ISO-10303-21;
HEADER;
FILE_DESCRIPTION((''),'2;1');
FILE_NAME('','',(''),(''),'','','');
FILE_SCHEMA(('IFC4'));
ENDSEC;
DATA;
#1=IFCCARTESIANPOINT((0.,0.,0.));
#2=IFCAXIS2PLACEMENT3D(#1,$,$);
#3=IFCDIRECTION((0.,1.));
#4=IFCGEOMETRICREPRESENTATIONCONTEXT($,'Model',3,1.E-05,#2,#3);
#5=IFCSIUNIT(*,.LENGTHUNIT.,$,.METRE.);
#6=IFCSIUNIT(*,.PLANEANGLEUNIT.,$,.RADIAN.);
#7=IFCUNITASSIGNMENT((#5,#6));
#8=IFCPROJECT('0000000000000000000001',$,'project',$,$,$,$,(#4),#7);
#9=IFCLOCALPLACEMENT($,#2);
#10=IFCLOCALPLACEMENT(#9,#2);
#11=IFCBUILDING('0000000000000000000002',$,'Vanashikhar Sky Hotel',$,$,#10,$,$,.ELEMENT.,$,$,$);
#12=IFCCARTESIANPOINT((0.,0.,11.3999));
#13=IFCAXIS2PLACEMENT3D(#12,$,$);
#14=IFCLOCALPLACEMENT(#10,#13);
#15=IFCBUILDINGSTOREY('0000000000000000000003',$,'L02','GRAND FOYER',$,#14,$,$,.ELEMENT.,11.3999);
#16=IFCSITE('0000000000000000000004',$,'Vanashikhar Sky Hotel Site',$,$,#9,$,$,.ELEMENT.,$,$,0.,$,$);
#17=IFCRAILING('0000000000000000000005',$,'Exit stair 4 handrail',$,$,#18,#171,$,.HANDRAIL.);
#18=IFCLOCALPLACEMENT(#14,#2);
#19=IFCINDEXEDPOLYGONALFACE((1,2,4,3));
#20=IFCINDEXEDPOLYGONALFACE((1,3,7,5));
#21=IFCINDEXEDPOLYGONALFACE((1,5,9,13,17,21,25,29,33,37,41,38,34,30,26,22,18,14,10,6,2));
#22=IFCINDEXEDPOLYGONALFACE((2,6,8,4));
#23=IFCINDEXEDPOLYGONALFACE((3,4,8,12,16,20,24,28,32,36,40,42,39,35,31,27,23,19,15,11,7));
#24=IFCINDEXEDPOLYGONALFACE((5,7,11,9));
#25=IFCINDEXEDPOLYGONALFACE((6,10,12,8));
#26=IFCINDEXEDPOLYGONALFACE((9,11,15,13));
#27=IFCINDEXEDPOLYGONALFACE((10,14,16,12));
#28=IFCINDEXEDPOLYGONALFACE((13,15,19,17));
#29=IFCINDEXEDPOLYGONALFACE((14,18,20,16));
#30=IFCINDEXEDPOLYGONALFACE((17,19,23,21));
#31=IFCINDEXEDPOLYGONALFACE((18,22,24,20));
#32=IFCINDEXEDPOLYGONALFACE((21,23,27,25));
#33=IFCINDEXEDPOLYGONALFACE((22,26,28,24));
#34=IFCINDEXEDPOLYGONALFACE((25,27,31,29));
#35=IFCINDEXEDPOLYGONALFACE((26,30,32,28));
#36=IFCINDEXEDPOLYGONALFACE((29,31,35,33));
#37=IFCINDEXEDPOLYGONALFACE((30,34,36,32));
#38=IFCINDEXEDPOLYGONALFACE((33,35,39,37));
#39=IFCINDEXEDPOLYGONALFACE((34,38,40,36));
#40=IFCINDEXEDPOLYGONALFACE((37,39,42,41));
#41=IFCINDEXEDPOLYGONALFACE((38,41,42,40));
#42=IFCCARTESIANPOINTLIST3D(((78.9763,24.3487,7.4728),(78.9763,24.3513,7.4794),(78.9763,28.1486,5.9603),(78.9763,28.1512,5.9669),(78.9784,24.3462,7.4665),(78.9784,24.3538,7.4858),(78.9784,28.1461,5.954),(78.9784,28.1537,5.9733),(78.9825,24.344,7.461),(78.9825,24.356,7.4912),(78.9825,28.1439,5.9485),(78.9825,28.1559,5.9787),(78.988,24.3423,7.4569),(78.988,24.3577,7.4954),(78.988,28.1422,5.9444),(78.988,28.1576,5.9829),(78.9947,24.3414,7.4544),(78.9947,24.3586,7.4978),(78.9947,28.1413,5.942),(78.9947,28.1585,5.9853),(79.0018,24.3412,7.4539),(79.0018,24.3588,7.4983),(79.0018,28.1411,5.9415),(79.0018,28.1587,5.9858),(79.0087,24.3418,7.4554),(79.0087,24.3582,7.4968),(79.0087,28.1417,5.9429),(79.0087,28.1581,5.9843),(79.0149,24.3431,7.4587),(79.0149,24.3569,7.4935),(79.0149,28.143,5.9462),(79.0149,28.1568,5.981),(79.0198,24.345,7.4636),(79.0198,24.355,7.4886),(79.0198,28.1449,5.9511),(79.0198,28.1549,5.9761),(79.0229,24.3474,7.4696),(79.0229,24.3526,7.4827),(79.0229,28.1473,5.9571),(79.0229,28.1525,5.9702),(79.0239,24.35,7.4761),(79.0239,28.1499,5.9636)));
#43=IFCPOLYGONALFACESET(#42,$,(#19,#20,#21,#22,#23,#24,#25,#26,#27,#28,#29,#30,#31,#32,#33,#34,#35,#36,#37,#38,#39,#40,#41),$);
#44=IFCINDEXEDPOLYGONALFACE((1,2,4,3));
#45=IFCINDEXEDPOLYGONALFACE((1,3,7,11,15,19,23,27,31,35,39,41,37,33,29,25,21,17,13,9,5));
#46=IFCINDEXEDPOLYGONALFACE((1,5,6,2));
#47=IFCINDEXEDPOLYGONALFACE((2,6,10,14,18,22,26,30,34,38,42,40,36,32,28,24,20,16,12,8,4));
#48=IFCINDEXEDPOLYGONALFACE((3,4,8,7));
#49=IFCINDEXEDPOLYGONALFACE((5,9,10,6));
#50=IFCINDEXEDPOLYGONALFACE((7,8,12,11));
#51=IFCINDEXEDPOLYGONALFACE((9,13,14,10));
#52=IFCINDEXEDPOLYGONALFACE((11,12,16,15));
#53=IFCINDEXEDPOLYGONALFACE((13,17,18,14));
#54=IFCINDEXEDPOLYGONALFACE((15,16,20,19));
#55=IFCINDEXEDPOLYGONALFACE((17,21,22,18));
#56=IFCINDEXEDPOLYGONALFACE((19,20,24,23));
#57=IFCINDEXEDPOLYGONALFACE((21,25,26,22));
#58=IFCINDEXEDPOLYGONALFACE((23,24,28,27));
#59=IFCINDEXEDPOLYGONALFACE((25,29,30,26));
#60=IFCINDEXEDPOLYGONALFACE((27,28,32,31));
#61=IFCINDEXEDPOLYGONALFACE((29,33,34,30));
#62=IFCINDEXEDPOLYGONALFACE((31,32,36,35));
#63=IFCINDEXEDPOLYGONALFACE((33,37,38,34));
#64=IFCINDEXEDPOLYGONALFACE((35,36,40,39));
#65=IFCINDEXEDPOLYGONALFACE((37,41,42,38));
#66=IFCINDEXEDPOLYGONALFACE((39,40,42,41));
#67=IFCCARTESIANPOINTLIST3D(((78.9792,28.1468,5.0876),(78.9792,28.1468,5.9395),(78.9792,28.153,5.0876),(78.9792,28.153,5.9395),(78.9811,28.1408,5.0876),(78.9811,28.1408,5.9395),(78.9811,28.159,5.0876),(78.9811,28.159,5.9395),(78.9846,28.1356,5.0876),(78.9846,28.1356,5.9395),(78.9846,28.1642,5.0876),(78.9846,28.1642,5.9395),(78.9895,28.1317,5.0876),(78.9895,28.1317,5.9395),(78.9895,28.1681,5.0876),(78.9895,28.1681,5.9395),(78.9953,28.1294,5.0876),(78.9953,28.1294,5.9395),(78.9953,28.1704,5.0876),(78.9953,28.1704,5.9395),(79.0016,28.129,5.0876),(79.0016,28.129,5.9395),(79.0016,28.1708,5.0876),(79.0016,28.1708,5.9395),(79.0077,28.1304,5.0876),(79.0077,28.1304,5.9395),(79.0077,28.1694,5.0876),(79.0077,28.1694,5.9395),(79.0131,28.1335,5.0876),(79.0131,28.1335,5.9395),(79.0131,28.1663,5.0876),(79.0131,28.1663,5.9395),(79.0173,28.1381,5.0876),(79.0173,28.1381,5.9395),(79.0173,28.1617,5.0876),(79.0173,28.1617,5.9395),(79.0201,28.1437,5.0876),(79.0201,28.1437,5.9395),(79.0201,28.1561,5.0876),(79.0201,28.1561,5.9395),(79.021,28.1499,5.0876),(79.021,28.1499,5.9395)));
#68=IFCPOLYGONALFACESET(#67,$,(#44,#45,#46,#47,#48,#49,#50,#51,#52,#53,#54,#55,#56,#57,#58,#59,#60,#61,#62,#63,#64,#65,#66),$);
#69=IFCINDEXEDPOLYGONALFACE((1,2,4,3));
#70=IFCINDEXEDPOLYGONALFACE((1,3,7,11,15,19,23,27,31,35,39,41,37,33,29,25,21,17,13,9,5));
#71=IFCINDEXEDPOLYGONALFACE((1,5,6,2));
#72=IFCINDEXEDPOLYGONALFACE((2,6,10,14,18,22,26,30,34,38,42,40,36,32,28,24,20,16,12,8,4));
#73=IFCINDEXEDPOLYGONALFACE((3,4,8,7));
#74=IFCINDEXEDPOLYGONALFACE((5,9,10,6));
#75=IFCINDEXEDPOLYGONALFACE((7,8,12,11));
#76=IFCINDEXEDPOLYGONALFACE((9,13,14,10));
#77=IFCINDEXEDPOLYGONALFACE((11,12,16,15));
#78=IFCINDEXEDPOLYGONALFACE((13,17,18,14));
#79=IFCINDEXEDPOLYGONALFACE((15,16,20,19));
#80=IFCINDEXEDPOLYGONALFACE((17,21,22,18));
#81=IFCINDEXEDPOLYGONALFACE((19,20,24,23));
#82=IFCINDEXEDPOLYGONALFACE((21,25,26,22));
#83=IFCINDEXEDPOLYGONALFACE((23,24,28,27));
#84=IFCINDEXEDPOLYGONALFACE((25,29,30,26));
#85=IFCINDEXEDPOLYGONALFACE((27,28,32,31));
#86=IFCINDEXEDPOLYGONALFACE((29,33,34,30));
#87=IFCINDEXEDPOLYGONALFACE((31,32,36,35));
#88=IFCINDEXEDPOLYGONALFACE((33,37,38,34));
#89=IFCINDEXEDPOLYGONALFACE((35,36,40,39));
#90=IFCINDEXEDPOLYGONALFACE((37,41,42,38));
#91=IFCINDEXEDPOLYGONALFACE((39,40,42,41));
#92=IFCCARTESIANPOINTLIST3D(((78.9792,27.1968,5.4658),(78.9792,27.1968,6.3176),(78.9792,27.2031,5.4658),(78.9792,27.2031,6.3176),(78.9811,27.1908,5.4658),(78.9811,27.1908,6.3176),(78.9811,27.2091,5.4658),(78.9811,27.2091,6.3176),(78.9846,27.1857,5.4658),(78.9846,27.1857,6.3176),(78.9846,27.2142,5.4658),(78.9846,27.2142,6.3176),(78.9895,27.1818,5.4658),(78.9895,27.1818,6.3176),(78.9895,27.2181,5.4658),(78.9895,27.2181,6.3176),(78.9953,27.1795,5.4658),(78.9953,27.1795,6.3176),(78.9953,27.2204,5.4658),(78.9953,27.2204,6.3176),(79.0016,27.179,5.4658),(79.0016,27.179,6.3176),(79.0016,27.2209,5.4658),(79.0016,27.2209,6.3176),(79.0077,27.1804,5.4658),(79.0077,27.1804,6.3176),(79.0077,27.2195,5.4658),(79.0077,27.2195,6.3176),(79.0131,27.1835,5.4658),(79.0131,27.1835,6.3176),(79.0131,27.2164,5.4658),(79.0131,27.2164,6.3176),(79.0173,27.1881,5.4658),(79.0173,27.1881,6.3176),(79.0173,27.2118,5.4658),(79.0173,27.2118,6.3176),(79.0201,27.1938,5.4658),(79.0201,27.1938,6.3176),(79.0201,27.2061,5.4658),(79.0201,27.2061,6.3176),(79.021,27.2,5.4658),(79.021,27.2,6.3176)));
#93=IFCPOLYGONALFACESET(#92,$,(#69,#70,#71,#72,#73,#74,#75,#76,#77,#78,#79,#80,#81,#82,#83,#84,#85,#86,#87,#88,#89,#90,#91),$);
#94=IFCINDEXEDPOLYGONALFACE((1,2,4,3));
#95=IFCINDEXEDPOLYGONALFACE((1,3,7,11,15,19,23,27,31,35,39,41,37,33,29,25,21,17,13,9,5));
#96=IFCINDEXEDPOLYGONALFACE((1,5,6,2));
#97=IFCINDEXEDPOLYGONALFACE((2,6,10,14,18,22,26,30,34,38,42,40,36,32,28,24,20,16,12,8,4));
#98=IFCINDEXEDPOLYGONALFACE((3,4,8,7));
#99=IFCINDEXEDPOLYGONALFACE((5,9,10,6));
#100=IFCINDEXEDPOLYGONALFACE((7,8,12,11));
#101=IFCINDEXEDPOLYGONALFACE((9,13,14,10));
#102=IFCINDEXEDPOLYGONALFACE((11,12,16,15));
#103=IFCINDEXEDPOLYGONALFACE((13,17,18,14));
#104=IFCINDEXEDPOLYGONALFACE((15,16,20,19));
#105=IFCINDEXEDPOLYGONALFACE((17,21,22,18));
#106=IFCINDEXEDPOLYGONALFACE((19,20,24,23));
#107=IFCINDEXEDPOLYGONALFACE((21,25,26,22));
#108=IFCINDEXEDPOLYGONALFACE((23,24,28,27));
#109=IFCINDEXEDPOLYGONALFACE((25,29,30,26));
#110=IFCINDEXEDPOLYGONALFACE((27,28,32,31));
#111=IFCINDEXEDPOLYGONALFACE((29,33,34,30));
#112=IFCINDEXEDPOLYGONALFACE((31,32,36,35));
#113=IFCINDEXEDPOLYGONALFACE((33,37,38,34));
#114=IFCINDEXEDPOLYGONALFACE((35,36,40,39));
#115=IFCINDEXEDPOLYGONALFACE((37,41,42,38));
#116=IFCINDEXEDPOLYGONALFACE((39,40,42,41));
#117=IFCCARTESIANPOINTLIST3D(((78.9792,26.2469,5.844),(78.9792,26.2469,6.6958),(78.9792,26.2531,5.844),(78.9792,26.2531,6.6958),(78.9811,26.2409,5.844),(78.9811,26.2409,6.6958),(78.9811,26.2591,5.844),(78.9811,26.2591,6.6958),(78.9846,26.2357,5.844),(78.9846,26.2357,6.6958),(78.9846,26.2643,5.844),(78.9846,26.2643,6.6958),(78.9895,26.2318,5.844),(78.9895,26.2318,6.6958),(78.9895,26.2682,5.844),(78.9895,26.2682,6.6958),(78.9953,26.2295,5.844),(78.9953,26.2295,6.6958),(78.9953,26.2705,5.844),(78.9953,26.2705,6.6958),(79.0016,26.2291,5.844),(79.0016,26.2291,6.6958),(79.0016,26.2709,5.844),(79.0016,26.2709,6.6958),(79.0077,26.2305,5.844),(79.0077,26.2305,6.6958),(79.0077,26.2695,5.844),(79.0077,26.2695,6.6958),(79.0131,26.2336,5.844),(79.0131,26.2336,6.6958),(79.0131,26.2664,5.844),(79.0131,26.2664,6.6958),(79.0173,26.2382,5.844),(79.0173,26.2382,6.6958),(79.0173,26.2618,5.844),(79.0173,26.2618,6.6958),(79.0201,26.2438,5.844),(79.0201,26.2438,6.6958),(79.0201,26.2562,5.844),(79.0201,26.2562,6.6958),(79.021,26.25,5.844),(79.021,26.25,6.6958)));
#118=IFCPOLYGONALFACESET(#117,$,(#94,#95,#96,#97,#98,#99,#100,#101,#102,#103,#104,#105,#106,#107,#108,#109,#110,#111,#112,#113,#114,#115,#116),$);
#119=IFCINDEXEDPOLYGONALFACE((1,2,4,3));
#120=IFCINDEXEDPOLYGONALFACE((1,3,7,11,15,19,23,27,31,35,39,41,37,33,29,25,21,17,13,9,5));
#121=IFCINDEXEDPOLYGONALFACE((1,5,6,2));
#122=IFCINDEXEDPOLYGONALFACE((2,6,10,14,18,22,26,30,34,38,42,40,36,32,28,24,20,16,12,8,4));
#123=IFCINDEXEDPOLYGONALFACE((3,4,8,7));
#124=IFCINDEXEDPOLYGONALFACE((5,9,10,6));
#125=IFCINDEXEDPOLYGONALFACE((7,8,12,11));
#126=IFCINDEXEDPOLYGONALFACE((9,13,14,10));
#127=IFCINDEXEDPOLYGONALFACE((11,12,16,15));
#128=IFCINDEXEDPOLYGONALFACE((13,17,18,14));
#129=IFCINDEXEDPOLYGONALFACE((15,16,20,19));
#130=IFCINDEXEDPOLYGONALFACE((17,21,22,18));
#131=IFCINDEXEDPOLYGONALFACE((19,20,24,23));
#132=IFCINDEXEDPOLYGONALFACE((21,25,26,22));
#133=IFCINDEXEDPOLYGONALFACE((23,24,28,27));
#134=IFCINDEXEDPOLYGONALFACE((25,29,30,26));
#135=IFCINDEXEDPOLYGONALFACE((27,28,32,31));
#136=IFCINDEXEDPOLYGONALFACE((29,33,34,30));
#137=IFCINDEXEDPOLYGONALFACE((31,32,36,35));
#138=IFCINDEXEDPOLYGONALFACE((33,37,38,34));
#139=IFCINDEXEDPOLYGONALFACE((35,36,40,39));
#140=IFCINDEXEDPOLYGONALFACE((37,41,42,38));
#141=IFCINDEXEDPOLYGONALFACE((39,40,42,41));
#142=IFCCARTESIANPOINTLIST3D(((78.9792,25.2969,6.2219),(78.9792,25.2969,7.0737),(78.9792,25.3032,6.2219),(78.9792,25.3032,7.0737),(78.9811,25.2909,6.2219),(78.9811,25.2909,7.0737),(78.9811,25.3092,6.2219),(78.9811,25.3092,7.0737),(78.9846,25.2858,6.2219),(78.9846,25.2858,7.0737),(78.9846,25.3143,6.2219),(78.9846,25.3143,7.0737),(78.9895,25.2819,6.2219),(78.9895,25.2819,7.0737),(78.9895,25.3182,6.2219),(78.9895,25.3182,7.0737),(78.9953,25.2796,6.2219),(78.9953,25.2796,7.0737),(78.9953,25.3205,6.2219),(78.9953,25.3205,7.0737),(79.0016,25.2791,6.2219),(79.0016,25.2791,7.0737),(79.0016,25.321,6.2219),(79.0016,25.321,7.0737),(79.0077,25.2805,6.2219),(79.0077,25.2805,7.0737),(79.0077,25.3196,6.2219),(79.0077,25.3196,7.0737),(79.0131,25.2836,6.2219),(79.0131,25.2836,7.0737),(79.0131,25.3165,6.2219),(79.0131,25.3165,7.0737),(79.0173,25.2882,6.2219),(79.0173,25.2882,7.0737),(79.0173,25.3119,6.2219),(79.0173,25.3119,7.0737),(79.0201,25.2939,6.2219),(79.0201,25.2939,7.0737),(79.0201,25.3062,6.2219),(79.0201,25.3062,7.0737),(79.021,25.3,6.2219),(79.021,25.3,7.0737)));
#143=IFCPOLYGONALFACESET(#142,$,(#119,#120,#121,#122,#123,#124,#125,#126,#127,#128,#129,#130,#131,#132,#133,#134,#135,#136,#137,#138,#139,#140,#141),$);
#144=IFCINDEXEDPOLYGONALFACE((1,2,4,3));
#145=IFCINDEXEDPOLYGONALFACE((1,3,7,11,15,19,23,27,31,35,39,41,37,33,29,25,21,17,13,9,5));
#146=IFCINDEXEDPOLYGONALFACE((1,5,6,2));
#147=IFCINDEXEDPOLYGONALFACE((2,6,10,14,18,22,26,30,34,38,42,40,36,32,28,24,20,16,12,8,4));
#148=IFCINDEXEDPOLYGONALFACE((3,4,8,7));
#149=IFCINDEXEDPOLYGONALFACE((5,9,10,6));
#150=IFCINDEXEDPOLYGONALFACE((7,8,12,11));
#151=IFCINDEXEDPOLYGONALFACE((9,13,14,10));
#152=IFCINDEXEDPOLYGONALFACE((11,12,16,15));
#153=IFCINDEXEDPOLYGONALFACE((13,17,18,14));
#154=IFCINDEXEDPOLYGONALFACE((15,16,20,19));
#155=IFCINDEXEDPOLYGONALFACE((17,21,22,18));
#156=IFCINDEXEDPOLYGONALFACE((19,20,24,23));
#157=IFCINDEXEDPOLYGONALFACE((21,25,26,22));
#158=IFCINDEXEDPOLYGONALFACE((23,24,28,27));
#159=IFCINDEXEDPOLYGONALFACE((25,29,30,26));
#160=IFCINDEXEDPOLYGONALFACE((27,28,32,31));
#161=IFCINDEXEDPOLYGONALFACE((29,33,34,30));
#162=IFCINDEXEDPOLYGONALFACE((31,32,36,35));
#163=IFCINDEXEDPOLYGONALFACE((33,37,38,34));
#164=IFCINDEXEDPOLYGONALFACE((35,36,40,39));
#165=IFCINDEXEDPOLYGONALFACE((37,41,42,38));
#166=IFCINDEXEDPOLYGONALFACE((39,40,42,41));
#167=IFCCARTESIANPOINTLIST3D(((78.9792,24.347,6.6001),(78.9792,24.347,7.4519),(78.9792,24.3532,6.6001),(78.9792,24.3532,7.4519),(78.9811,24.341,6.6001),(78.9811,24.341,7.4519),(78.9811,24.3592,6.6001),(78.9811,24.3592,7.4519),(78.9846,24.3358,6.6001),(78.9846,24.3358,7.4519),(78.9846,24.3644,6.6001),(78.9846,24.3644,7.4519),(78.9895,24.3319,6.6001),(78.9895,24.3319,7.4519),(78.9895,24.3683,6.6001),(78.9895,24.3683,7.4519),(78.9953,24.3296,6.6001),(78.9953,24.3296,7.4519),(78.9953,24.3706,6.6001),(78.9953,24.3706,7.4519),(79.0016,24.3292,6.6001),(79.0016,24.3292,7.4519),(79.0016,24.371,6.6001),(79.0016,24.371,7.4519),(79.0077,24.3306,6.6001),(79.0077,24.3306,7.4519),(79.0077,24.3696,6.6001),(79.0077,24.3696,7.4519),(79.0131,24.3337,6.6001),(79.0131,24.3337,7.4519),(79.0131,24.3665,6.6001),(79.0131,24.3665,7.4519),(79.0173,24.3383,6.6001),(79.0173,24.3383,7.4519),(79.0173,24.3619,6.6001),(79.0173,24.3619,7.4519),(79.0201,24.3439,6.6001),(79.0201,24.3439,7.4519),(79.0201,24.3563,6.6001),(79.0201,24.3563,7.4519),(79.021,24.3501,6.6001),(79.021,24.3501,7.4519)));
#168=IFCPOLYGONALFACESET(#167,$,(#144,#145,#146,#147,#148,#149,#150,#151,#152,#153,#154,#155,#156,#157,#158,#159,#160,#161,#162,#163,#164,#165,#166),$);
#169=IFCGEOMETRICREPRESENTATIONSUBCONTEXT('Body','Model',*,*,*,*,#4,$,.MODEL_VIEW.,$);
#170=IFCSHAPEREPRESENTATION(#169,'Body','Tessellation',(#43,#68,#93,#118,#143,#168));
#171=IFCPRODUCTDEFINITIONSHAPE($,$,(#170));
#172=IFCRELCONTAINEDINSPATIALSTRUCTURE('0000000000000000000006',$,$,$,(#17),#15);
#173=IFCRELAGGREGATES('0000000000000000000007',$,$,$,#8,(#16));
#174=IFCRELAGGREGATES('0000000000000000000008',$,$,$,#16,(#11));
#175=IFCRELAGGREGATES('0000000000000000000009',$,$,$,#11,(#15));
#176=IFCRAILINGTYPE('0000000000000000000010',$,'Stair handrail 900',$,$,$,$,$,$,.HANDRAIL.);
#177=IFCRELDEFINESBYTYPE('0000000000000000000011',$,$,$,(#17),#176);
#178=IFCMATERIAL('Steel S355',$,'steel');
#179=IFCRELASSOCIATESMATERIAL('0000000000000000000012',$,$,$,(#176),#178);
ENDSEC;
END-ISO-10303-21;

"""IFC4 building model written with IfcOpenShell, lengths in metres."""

from ifc_helpers import new_model, si_unit, direction, frame, origin, origin_2d, place, context, subcontext, project, spatial, circle, extrude, source, transform, mapped, material, type_object, element, save


model = new_model("IFC4")

# Units and contexts
model_context = context("Model", 3, precision=1e-05, world=origin(), true_north=direction((0.0, 1.0)))
body_context = subcontext(model_context, "Body", "Model", "MODEL_VIEW")
ifc_project = project(units=[si_unit("LENGTHUNIT", "METRE"), si_unit("PLANEANGLEUNIT", "RADIAN")], contexts=[model_context])

# Site, building, storey
site_placement = place(None, origin())
site = spatial("IfcSite", under=ifc_project, at=site_placement, Name="Vanashikhar Sky Hotel Site", CompositionType="ELEMENT", RefElevation=0.0)
building_placement = place(site_placement, origin())
building = spatial("IfcBuilding", under=site, at=building_placement, Name="Vanashikhar Sky Hotel", CompositionType="ELEMENT")
storey_placement = place(building_placement, frame((0.0, 0.0, 11.3999)))
storey = spatial("IfcBuildingStorey", under=building, at=storey_placement, Name="L02", Description="GRAND FOYER", CompositionType="ELEMENT", Elevation=11.3999)

# Railing
ifc_material_1 = material(Name="Steel S355", Category="steel")
railing_type_1 = type_object("IfcRailingType", Name="Stair handrail 900", PredefinedType="HANDRAIL", material=ifc_material_1)
shared_shape_1 = source(origin(), body_context, "Body", "SweptSolid", [
    extrude(circle(Radius=0.0239, at=origin_2d()), frame((0.0, 0.0, 0.876), z_axis=(0.0, -0.929105, 0.369815), x_axis=(1.0, 0.0, 0.0)), (0.0, 0.0, 1.0), 4.0898),
    extrude(circle(Radius=0.021, at=origin_2d()), origin(), (0.0, 0.0, 1.0), 0.8518),
    extrude(circle(Radius=0.021, at=origin_2d()), frame((0.0, -0.95, 0.3782)), (0.0, 0.0, 1.0), 0.8518),
    extrude(circle(Radius=0.021, at=origin_2d()), frame((0.0, -1.8999, 0.7563)), (0.0, 0.0, 1.0), 0.8518),
    extrude(circle(Radius=0.021, at=origin_2d()), frame((0.0, -2.8499, 1.1343)), (0.0, 0.0, 1.0), 0.8518),
    extrude(circle(Radius=0.021, at=origin_2d()), frame((0.0, -3.7998, 1.5125)), (0.0, 0.0, 1.0), 0.8518),
])
for number, where, name in (
    (1, (79.0, 28.1499, 5.0876), "Exit stair 4 handrail"),
):
    element("IfcRailing", number, at=place(storey_placement, frame(where)), inside=storey, type_object=railing_type_1, Name=name, PredefinedType="HANDRAIL", context=body_context, shape_type="MappedRepresentation", body=[
        mapped(shared_shape_1, transform((0.0, 0.0, 0.0), scale=1.0)),
    ])

save(model, "model.ifc")
